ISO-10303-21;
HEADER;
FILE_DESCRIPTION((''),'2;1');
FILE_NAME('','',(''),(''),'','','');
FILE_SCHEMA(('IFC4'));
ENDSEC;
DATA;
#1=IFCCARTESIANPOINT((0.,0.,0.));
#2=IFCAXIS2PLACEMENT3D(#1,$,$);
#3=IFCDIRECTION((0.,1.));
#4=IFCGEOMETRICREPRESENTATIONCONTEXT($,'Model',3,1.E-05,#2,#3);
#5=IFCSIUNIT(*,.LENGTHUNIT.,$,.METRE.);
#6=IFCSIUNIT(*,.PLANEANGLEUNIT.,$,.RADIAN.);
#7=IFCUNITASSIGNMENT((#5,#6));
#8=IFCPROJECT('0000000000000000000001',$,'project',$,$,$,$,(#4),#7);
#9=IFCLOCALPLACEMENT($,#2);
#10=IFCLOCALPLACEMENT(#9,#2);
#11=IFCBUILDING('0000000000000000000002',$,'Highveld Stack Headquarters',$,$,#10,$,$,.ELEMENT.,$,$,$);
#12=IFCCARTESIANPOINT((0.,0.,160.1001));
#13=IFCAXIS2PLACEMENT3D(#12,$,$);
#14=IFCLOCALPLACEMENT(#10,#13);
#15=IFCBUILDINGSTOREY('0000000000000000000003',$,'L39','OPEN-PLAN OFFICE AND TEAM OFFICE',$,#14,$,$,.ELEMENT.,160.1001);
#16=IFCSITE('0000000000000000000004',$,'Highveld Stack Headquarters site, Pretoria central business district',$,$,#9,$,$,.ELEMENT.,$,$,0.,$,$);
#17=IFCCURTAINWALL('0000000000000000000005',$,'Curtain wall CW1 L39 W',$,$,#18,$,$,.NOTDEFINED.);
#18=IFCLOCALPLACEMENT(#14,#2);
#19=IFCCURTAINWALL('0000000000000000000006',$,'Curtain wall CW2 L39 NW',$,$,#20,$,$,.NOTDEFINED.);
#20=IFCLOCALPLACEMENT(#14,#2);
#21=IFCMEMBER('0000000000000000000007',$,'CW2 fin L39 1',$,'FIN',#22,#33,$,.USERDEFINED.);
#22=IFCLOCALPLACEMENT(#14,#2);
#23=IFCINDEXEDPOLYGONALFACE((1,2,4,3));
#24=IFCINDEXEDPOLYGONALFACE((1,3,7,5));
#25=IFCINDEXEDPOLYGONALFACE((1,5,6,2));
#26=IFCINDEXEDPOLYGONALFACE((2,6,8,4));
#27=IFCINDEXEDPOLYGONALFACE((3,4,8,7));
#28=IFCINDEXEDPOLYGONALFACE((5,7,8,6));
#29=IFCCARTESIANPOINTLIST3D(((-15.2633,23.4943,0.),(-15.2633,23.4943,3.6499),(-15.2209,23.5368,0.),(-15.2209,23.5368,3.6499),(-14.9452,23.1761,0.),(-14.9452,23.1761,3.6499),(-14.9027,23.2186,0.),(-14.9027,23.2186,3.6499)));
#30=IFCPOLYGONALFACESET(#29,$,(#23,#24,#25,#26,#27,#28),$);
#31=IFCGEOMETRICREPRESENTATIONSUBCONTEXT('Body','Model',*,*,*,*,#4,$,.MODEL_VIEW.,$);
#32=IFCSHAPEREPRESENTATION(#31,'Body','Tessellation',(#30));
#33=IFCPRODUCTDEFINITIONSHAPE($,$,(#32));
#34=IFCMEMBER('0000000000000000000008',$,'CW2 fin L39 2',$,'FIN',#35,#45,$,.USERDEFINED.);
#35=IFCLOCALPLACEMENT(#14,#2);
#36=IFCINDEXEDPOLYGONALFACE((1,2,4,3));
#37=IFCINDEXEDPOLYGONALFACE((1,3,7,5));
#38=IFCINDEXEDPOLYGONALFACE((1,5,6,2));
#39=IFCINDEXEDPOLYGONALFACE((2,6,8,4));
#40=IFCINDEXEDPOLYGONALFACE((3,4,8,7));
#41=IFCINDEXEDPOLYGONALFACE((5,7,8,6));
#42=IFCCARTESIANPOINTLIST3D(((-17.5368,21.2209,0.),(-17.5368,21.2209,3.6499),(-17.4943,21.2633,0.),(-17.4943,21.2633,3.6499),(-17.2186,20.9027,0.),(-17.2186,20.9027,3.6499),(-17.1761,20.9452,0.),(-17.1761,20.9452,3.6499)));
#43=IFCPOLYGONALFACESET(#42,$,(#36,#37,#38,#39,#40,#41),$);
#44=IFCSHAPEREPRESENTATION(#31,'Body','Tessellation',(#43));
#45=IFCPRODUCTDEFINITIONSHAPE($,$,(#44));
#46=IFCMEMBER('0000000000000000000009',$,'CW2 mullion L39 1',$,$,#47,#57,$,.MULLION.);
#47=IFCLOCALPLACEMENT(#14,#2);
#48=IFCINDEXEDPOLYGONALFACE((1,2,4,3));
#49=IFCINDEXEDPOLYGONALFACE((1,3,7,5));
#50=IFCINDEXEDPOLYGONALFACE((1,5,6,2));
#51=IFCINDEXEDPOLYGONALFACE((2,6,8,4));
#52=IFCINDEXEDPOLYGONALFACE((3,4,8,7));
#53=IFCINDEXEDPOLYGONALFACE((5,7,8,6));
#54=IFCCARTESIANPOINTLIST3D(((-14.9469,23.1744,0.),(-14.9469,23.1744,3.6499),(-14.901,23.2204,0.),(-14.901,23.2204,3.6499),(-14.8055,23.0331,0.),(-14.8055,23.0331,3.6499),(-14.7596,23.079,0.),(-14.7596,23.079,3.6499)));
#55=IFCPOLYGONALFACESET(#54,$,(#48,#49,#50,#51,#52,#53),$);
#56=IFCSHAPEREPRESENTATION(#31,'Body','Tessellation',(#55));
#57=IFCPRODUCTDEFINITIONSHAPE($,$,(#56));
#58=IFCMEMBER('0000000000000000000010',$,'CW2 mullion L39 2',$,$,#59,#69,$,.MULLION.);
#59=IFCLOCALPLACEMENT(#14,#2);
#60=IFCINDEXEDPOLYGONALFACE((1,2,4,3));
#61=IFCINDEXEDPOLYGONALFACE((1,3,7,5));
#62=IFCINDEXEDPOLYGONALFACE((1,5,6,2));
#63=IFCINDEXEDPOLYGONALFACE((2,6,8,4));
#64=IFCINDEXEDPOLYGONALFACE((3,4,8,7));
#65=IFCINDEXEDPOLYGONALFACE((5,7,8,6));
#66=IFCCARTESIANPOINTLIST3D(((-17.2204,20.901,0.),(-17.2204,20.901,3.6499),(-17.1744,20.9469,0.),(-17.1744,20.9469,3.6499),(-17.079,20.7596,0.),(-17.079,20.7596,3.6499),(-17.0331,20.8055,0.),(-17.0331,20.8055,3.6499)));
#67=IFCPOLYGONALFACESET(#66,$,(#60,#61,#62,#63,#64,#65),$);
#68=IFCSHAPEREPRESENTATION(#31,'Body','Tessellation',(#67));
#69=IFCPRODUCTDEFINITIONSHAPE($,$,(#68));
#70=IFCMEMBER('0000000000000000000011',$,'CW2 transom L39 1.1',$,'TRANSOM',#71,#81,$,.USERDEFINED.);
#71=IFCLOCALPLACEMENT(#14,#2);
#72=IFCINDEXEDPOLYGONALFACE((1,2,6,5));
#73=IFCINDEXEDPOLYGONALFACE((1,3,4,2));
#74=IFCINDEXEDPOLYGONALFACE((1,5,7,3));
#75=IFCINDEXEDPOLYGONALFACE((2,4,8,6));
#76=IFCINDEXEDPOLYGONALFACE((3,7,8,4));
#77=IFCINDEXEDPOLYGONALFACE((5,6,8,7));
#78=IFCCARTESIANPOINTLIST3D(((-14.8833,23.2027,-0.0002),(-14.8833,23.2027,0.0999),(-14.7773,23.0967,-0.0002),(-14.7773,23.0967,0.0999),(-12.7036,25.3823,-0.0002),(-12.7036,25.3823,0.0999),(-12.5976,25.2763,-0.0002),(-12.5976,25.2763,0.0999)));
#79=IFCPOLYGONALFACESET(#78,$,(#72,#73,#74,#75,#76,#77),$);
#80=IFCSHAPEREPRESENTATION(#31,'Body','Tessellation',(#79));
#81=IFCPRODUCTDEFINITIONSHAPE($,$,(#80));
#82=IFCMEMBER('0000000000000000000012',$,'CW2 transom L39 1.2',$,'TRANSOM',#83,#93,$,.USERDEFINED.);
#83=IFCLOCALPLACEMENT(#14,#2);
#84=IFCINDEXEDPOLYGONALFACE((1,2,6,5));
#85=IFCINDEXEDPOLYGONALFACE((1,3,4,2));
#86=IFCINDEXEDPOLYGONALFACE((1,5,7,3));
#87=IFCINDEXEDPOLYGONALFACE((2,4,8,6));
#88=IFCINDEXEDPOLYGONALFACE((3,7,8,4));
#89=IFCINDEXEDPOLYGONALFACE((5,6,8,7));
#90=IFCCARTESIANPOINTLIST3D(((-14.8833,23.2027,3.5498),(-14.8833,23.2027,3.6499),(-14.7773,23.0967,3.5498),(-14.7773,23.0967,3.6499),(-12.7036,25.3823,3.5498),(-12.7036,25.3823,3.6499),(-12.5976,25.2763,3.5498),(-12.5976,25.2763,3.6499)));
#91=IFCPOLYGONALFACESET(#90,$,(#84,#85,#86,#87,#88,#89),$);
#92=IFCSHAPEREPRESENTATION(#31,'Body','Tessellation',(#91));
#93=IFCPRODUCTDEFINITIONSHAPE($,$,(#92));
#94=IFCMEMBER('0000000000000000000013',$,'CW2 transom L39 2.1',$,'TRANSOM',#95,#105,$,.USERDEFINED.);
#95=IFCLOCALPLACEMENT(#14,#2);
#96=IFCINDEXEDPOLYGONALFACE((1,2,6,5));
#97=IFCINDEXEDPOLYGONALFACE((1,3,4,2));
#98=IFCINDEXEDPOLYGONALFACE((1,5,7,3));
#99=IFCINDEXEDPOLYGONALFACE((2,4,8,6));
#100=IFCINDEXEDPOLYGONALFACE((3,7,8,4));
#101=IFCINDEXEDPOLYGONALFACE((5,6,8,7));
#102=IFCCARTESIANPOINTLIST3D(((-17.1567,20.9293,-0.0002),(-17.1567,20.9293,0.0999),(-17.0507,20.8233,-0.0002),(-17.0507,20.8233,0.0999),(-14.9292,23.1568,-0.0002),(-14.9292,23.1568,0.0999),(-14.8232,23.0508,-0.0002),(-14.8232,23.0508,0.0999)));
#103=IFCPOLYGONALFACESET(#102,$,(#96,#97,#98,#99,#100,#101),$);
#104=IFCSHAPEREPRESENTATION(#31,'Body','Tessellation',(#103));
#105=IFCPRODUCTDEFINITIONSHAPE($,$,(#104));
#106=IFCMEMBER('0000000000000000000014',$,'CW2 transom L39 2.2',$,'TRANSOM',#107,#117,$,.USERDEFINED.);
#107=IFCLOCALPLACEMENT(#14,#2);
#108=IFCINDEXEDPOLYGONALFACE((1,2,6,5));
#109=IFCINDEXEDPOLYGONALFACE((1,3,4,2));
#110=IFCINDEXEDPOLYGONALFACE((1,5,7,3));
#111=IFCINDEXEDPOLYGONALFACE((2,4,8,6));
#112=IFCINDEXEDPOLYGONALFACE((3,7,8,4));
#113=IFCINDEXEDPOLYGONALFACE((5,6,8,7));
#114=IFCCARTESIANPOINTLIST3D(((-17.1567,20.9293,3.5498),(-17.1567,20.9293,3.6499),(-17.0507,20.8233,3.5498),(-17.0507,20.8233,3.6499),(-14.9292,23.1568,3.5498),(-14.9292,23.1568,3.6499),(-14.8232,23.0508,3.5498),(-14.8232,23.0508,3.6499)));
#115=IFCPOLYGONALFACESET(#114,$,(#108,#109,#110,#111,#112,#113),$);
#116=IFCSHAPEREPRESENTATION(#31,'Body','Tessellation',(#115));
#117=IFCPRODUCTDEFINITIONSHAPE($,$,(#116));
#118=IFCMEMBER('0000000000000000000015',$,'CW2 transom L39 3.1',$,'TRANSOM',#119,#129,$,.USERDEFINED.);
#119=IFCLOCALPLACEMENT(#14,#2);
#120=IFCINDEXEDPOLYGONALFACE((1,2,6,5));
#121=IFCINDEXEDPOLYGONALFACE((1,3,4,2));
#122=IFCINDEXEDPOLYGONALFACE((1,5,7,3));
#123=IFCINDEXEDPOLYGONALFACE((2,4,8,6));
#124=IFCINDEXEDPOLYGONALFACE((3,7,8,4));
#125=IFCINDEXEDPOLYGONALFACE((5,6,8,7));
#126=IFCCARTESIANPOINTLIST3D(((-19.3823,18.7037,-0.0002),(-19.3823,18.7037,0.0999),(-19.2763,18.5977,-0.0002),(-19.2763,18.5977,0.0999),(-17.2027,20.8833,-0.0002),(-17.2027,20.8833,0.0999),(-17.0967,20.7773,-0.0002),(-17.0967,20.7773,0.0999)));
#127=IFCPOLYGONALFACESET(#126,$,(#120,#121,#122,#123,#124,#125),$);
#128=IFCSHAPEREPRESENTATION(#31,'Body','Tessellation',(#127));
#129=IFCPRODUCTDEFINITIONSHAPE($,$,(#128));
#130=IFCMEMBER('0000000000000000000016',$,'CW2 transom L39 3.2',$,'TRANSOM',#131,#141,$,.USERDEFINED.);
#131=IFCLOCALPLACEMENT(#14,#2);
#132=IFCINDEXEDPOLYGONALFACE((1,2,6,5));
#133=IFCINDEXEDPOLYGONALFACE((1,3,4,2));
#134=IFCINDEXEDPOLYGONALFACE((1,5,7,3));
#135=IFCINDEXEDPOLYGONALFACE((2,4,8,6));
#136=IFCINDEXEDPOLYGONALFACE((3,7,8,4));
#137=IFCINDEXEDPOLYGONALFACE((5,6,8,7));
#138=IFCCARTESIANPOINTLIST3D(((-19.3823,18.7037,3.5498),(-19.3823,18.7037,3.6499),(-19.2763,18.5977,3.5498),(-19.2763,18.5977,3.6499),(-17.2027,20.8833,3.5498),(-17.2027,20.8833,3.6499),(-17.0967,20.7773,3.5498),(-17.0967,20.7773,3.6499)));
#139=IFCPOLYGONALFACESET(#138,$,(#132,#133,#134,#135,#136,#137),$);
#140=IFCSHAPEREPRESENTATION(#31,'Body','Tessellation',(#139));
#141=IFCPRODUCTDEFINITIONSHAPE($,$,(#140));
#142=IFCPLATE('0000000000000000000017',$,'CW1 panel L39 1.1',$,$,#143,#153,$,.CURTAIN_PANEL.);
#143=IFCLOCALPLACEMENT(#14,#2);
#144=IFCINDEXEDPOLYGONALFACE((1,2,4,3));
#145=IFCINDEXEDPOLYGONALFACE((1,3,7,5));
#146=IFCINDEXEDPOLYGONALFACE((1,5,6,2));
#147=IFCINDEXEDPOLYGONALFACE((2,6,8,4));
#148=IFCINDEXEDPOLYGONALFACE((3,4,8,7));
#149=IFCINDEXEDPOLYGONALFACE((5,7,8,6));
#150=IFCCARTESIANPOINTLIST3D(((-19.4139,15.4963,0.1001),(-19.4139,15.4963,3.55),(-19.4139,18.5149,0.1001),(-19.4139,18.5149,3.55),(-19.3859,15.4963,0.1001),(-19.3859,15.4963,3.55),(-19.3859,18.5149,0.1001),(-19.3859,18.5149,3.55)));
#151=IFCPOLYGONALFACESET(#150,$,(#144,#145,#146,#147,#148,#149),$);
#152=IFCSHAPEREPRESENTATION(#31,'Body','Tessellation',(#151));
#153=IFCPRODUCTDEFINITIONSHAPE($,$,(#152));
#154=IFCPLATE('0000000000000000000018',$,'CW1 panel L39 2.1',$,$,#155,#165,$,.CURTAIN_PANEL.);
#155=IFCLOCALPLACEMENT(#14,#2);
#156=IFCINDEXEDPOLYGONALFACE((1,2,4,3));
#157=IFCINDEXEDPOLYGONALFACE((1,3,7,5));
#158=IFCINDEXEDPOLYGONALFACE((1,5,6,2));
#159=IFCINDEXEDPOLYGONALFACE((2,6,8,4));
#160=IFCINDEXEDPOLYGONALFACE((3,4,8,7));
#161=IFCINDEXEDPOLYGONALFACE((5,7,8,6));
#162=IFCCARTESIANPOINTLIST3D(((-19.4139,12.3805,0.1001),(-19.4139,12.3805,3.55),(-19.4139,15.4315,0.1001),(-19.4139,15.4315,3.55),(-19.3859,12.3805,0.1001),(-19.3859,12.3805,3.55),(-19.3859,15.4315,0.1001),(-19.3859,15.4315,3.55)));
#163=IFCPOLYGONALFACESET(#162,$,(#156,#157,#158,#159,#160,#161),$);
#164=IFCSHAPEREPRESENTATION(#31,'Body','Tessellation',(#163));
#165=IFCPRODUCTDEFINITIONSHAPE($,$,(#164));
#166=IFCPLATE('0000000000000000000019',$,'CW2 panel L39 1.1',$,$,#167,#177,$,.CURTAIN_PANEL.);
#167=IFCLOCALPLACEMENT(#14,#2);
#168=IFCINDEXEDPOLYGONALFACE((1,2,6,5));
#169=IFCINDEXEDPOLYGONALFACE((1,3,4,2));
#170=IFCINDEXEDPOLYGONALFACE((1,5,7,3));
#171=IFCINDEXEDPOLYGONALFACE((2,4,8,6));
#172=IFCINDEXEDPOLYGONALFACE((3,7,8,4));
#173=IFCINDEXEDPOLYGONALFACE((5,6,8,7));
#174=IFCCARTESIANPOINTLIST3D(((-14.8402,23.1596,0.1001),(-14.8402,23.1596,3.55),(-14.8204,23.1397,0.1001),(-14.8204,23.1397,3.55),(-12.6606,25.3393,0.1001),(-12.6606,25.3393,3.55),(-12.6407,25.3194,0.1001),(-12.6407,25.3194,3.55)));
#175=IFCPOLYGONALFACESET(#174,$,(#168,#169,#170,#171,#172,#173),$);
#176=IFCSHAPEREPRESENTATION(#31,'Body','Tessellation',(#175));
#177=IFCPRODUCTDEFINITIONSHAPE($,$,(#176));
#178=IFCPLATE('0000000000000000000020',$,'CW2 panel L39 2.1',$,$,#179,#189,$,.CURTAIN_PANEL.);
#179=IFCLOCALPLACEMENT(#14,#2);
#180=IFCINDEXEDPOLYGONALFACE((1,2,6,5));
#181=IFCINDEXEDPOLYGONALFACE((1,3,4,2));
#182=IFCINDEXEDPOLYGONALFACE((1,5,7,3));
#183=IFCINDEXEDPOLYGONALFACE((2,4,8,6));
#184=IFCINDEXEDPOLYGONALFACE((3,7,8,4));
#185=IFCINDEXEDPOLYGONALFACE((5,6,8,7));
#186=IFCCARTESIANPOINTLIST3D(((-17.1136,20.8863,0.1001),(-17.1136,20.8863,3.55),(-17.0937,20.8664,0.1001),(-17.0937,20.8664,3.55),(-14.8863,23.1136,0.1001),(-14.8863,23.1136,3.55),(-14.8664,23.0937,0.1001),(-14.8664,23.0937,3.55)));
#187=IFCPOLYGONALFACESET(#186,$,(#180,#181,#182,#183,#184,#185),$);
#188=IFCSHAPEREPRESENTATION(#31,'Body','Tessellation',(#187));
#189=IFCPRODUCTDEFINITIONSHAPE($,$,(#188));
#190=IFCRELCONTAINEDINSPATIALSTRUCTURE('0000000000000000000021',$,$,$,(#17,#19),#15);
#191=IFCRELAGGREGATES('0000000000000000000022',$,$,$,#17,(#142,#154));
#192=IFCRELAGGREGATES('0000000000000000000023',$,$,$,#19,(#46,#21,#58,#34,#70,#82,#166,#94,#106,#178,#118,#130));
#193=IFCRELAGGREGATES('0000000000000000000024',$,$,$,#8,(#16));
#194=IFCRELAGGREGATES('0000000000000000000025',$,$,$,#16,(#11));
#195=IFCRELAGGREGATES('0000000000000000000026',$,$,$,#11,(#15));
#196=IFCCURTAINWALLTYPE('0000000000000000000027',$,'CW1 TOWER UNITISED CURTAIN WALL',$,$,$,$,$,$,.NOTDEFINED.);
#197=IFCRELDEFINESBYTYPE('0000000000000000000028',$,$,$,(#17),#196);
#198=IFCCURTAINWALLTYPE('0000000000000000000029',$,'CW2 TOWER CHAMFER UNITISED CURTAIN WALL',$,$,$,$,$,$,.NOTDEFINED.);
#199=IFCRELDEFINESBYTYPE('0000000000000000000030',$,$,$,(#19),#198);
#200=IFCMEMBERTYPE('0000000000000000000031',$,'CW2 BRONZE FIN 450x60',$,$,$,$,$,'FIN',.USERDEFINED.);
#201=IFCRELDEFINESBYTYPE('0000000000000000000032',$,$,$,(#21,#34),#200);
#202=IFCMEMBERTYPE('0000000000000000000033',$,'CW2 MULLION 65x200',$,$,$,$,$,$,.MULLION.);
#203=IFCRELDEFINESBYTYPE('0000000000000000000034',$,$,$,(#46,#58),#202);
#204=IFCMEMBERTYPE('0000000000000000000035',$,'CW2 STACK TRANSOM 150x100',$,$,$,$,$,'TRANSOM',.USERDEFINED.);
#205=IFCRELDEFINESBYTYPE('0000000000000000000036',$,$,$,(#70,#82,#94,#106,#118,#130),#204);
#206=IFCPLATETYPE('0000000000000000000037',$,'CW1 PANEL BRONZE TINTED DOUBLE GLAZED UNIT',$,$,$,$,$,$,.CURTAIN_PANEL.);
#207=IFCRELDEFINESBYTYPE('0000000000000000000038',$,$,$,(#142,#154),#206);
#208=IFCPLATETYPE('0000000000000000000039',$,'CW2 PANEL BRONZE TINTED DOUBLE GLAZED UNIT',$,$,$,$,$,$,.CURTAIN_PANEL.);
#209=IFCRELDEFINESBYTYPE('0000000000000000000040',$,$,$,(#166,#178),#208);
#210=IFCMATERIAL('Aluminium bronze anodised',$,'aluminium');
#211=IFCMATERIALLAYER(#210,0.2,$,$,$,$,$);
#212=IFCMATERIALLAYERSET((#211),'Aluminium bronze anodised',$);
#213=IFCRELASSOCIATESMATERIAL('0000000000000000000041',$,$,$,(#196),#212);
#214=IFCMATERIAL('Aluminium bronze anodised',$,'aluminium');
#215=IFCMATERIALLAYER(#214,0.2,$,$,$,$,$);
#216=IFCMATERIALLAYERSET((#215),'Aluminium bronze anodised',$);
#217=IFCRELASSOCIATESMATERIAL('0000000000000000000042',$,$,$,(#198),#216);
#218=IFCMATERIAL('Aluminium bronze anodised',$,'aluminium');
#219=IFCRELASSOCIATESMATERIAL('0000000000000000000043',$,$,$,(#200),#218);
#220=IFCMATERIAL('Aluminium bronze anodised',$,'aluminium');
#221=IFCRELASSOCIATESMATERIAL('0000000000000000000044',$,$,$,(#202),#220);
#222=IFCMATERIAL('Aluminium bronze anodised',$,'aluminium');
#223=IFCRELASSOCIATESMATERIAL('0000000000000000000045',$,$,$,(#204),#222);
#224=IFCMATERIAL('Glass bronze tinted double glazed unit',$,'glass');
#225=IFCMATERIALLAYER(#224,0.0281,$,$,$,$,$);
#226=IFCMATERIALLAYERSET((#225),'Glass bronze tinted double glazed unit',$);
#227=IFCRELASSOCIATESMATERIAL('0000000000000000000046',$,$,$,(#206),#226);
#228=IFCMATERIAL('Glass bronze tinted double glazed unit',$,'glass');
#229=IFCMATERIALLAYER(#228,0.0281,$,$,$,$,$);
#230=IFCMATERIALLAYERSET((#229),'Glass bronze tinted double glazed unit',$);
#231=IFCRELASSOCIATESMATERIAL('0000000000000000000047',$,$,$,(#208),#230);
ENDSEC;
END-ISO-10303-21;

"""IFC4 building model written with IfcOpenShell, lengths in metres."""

from ifc_helpers import new_model, si_unit, direction, frame, origin, origin_2d, place, context, subcontext, project, spatial, rectangle, extrude, material, layer, layer_set, material_profile, profile_set, type_object, element, aggregate, save


model = new_model("IFC4")

# Units and contexts
model_context = context("Model", 3, precision=1e-05, world=origin(), true_north=direction((0.0, 1.0)))
body_context = subcontext(model_context, "Body", "Model", "MODEL_VIEW")
ifc_project = project(units=[si_unit("LENGTHUNIT", "METRE"), si_unit("PLANEANGLEUNIT", "RADIAN")], contexts=[model_context])

# Site, building, storey
site_placement = place(None, origin())
site = spatial("IfcSite", under=ifc_project, at=site_placement, Name="Highveld Stack Headquarters site, Pretoria central business district", CompositionType="ELEMENT", RefElevation=0.0)
building_placement = place(site_placement, origin())
building = spatial("IfcBuilding", under=site, at=building_placement, Name="Highveld Stack Headquarters", CompositionType="ELEMENT")
storey_placement = place(building_placement, frame((0.0, 0.0, 160.1001)))
storey = spatial("IfcBuildingStorey", under=building, at=storey_placement, Name="L39", Description="OPEN-PLAN OFFICE AND TEAM OFFICE", CompositionType="ELEMENT", Elevation=160.1001)

# Shared definitions
ifc_material_1 = material(Name="Aluminium bronze anodised", Category="aluminium")
ifc_layer_1 = layer(ifc_material_1, 0.2)
ifc_layer_set_1 = layer_set([ifc_layer_1], Name="Aluminium bronze anodised")
curtain_wall_type_1 = type_object("IfcCurtainWallType", Name="CW1 TOWER UNITISED CURTAIN WALL", PredefinedType="NOTDEFINED", material=ifc_layer_set_1)

# Curtain wall
curtain_wall_1_placement = place(storey_placement, origin())
curtain_wall_1 = element("IfcCurtainWall", 1, at=curtain_wall_1_placement, inside=storey, type_object=curtain_wall_type_1, Name="Curtain wall CW1 L39 W", PredefinedType="NOTDEFINED")

# Curtain wall, members
ifc_material_2 = material(Name="Aluminium bronze anodised", Category="aluminium")
ifc_layer_2 = layer(ifc_material_2, 0.2)
ifc_layer_set_2 = layer_set([ifc_layer_2], Name="Aluminium bronze anodised")
curtain_wall_type_2 = type_object("IfcCurtainWallType", Name="CW2 TOWER CHAMFER UNITISED CURTAIN WALL", PredefinedType="NOTDEFINED", material=ifc_layer_set_2)
curtain_wall_2_placement = place(storey_placement, origin())
curtain_wall_2 = element("IfcCurtainWall", 2, at=curtain_wall_2_placement, inside=storey, type_object=curtain_wall_type_2, Name="Curtain wall CW2 L39 NW", PredefinedType="NOTDEFINED")
ifc_material_3 = material(Name="Aluminium bronze anodised", Category="aluminium")
ifc_material_profile_1 = material_profile(ifc_material_3, rectangle(XDim=0.45, YDim=0.0601, at=origin_2d()), Name="FIN 450x60")
ifc_profile_set_1 = profile_set([ifc_material_profile_1], Name="Aluminium bronze anodised")
member_type_1 = type_object("IfcMemberType", Name="CW2 BRONZE FIN 450x60", ElementType="FIN", PredefinedType="USERDEFINED", material=ifc_profile_set_1)
member_1_placement = place(storey_placement, frame((-15.083, 23.3564, 0.0), z_axis=(0.0, 0.0, 1.0), x_axis=(0.707107, -0.707107, 0.0)))
member_1 = element("IfcMember", 3, at=member_1_placement, type_object=member_type_1, Name="CW2 fin L39 1", ObjectType="FIN", PredefinedType="USERDEFINED", context=body_context, shape_type="SweptSolid", body=[
    extrude(rectangle(XDim=0.45, YDim=0.0601, at=origin_2d()), origin(), (0.0, 0.0, 1.0), 3.6499),
])
member_2_placement = place(storey_placement, frame((-17.3564, 21.083, 0.0), z_axis=(0.0, 0.0, 1.0), x_axis=(0.707107, -0.707107, 0.0)))
member_2 = element("IfcMember", 4, at=member_2_placement, type_object=member_type_1, Name="CW2 fin L39 2", ObjectType="FIN", PredefinedType="USERDEFINED", context=body_context, shape_type="SweptSolid", body=[
    extrude(rectangle(XDim=0.45, YDim=0.0601, at=origin_2d()), origin(), (0.0, 0.0, 1.0), 3.6499),
])
ifc_material_4 = material(Name="Aluminium bronze anodised", Category="aluminium")
ifc_material_profile_2 = material_profile(ifc_material_4, rectangle(XDim=0.2, YDim=0.0649, at=origin_2d()), Name="CW2 MULLION 65x200")
ifc_profile_set_2 = profile_set([ifc_material_profile_2], Name="Aluminium bronze anodised")
member_type_2 = type_object("IfcMemberType", Name="CW2 MULLION 65x200", PredefinedType="MULLION", material=ifc_profile_set_2)
member_3_placement = place(storey_placement, frame((-14.8533, 23.1267, 0.0), z_axis=(0.0, 0.0, 1.0), x_axis=(0.707107, -0.707107, 0.0)))
member_3 = element("IfcMember", 5, at=member_3_placement, type_object=member_type_2, Name="CW2 mullion L39 1", PredefinedType="MULLION", context=body_context, shape_type="SweptSolid", body=[
    extrude(rectangle(XDim=0.2, YDim=0.0649, at=origin_2d()), origin(), (0.0, 0.0, 1.0), 3.6499),
])
member_4_placement = place(storey_placement, frame((-17.1267, 20.8533, 0.0), z_axis=(0.0, 0.0, 1.0), x_axis=(0.707107, -0.707107, 0.0)))
member_4 = element("IfcMember", 6, at=member_4_placement, type_object=member_type_2, Name="CW2 mullion L39 2", PredefinedType="MULLION", context=body_context, shape_type="SweptSolid", body=[
    extrude(rectangle(XDim=0.2, YDim=0.0649, at=origin_2d()), origin(), (0.0, 0.0, 1.0), 3.6499),
])
ifc_material_5 = material(Name="Aluminium bronze anodised", Category="aluminium")
ifc_material_profile_3 = material_profile(ifc_material_5, rectangle(XDim=0.1499, YDim=0.1001, at=origin_2d()), Name="CW2 TRANSOM 150x100")
ifc_profile_set_3 = profile_set([ifc_material_profile_3], Name="Aluminium bronze anodised")
member_type_3 = type_object("IfcMemberType", Name="CW2 STACK TRANSOM 150x100", ElementType="TRANSOM", PredefinedType="USERDEFINED", material=ifc_profile_set_3)
member_5_placement = place(storey_placement, frame((-12.6506, 25.3293, 0.0498), z_axis=(-0.707107, -0.707107, 0.0), x_axis=(0.707107, -0.707107, 0.0)))
member_5 = element("IfcMember", 7, at=member_5_placement, type_object=member_type_3, Name="CW2 transom L39 1.1", ObjectType="TRANSOM", PredefinedType="USERDEFINED", context=body_context, shape_type="SweptSolid", body=[
    extrude(rectangle(XDim=0.1499, YDim=0.1001, at=origin_2d()), origin(), (0.0, 0.0, 1.0), 3.0825),
])
member_6_placement = place(storey_placement, frame((-12.6506, 25.3293, 3.5999), z_axis=(-0.707107, -0.707107, 0.0), x_axis=(0.707107, -0.707107, 0.0)))
member_6 = element("IfcMember", 8, at=member_6_placement, type_object=member_type_3, Name="CW2 transom L39 1.2", ObjectType="TRANSOM", PredefinedType="USERDEFINED", context=body_context, shape_type="SweptSolid", body=[
    extrude(rectangle(XDim=0.1499, YDim=0.1001, at=origin_2d()), origin(), (0.0, 0.0, 1.0), 3.0825),
])
member_7_placement = place(storey_placement, frame((-14.8762, 23.1038, 0.0498), z_axis=(-0.707107, -0.707107, 0.0), x_axis=(0.707107, -0.707107, 0.0)))
member_7 = element("IfcMember", 9, at=member_7_placement, type_object=member_type_3, Name="CW2 transom L39 2.1", ObjectType="TRANSOM", PredefinedType="USERDEFINED", context=body_context, shape_type="SweptSolid", body=[
    extrude(rectangle(XDim=0.1499, YDim=0.1001, at=origin_2d()), origin(), (0.0, 0.0, 1.0), 3.1501),
])
member_8_placement = place(storey_placement, frame((-14.8762, 23.1038, 3.5999), z_axis=(-0.707107, -0.707107, 0.0), x_axis=(0.707107, -0.707107, 0.0)))
member_8 = element("IfcMember", 10, at=member_8_placement, type_object=member_type_3, Name="CW2 transom L39 2.2", ObjectType="TRANSOM", PredefinedType="USERDEFINED", context=body_context, shape_type="SweptSolid", body=[
    extrude(rectangle(XDim=0.1499, YDim=0.1001, at=origin_2d()), origin(), (0.0, 0.0, 1.0), 3.1501),
])
member_9_placement = place(storey_placement, frame((-17.1497, 20.8303, 0.0498), z_axis=(-0.707107, -0.707107, 0.0), x_axis=(0.707107, -0.707107, 0.0)))
member_9 = element("IfcMember", 11, at=member_9_placement, type_object=member_type_3, Name="CW2 transom L39 3.1", ObjectType="TRANSOM", PredefinedType="USERDEFINED", context=body_context, shape_type="SweptSolid", body=[
    extrude(rectangle(XDim=0.1499, YDim=0.1001, at=origin_2d()), origin(), (0.0, 0.0, 1.0), 3.0825),
])
member_10_placement = place(storey_placement, frame((-17.1497, 20.8303, 3.5999), z_axis=(-0.707107, -0.707107, 0.0), x_axis=(0.707107, -0.707107, 0.0)))
member_10 = element("IfcMember", 12, at=member_10_placement, type_object=member_type_3, Name="CW2 transom L39 3.2", ObjectType="TRANSOM", PredefinedType="USERDEFINED", context=body_context, shape_type="SweptSolid", body=[
    extrude(rectangle(XDim=0.1499, YDim=0.1001, at=origin_2d()), origin(), (0.0, 0.0, 1.0), 3.0825),
])

# Plates
ifc_material_6 = material(Name="Glass bronze tinted double glazed unit", Category="glass")
ifc_layer_3 = layer(ifc_material_6, 0.0281)
ifc_layer_set_3 = layer_set([ifc_layer_3], Name="Glass bronze tinted double glazed unit")
plate_type_1 = type_object("IfcPlateType", Name="CW1 PANEL BRONZE TINTED DOUBLE GLAZED UNIT", PredefinedType="CURTAIN_PANEL", material=ifc_layer_set_3)
plate_1_placement = place(storey_placement, frame((-19.3999, 17.0056, 0.1001), z_axis=(0.0, 0.0, 1.0), x_axis=(0.0, -1.0, 0.0)))
plate_1 = element("IfcPlate", 13, at=plate_1_placement, type_object=plate_type_1, Name="CW1 panel L39 1.1", PredefinedType="CURTAIN_PANEL", context=body_context, shape_type="SweptSolid", body=[
    extrude(rectangle(XDim=3.0186, YDim=0.0281, at=origin_2d()), origin(), (0.0, 0.0, 1.0), 3.45),
])
plate_2_placement = place(storey_placement, frame((-19.3999, 13.906, 0.1001), z_axis=(0.0, 0.0, 1.0), x_axis=(0.0, -1.0, 0.0)))
plate_2 = element("IfcPlate", 14, at=plate_2_placement, type_object=plate_type_1, Name="CW1 panel L39 2.1", PredefinedType="CURTAIN_PANEL", context=body_context, shape_type="SweptSolid", body=[
    extrude(rectangle(XDim=3.051, YDim=0.0281, at=origin_2d()), origin(), (0.0, 0.0, 1.0), 3.45),
])
aggregate(curtain_wall_1, [plate_1, plate_2])
ifc_material_7 = material(Name="Glass bronze tinted double glazed unit", Category="glass")
ifc_layer_4 = layer(ifc_material_7, 0.0281)
ifc_layer_set_4 = layer_set([ifc_layer_4], Name="Glass bronze tinted double glazed unit")
plate_type_2 = type_object("IfcPlateType", Name="CW2 PANEL BRONZE TINTED DOUBLE GLAZED UNIT", PredefinedType="CURTAIN_PANEL", material=ifc_layer_set_4)
plate_3_placement = place(storey_placement, frame((-13.7405, 24.2395, 0.1001), z_axis=(0.0, 0.0, 1.0), x_axis=(-0.707107, -0.707107, 0.0)))
plate_3 = element("IfcPlate", 15, at=plate_3_placement, type_object=plate_type_2, Name="CW2 panel L39 1.1", PredefinedType="CURTAIN_PANEL", context=body_context, shape_type="SweptSolid", body=[
    extrude(rectangle(XDim=3.0825, YDim=0.0281, at=origin_2d()), origin(), (0.0, 0.0, 1.0), 3.45),
])
plate_4_placement = place(storey_placement, frame((-15.99, 21.99, 0.1001), z_axis=(0.0, 0.0, 1.0), x_axis=(-0.707107, -0.707107, 0.0)))
plate_4 = element("IfcPlate", 16, at=plate_4_placement, type_object=plate_type_2, Name="CW2 panel L39 2.1", PredefinedType="CURTAIN_PANEL", context=body_context, shape_type="SweptSolid", body=[
    extrude(rectangle(XDim=3.1499, YDim=0.0281, at=origin_2d()), origin(), (0.0, 0.0, 1.0), 3.45),
])
aggregate(curtain_wall_2, [member_3, member_1, member_4, member_2, member_5, member_6, plate_3, member_7, member_8, plate_4, member_9, member_10])

save(model, "model.ifc")
